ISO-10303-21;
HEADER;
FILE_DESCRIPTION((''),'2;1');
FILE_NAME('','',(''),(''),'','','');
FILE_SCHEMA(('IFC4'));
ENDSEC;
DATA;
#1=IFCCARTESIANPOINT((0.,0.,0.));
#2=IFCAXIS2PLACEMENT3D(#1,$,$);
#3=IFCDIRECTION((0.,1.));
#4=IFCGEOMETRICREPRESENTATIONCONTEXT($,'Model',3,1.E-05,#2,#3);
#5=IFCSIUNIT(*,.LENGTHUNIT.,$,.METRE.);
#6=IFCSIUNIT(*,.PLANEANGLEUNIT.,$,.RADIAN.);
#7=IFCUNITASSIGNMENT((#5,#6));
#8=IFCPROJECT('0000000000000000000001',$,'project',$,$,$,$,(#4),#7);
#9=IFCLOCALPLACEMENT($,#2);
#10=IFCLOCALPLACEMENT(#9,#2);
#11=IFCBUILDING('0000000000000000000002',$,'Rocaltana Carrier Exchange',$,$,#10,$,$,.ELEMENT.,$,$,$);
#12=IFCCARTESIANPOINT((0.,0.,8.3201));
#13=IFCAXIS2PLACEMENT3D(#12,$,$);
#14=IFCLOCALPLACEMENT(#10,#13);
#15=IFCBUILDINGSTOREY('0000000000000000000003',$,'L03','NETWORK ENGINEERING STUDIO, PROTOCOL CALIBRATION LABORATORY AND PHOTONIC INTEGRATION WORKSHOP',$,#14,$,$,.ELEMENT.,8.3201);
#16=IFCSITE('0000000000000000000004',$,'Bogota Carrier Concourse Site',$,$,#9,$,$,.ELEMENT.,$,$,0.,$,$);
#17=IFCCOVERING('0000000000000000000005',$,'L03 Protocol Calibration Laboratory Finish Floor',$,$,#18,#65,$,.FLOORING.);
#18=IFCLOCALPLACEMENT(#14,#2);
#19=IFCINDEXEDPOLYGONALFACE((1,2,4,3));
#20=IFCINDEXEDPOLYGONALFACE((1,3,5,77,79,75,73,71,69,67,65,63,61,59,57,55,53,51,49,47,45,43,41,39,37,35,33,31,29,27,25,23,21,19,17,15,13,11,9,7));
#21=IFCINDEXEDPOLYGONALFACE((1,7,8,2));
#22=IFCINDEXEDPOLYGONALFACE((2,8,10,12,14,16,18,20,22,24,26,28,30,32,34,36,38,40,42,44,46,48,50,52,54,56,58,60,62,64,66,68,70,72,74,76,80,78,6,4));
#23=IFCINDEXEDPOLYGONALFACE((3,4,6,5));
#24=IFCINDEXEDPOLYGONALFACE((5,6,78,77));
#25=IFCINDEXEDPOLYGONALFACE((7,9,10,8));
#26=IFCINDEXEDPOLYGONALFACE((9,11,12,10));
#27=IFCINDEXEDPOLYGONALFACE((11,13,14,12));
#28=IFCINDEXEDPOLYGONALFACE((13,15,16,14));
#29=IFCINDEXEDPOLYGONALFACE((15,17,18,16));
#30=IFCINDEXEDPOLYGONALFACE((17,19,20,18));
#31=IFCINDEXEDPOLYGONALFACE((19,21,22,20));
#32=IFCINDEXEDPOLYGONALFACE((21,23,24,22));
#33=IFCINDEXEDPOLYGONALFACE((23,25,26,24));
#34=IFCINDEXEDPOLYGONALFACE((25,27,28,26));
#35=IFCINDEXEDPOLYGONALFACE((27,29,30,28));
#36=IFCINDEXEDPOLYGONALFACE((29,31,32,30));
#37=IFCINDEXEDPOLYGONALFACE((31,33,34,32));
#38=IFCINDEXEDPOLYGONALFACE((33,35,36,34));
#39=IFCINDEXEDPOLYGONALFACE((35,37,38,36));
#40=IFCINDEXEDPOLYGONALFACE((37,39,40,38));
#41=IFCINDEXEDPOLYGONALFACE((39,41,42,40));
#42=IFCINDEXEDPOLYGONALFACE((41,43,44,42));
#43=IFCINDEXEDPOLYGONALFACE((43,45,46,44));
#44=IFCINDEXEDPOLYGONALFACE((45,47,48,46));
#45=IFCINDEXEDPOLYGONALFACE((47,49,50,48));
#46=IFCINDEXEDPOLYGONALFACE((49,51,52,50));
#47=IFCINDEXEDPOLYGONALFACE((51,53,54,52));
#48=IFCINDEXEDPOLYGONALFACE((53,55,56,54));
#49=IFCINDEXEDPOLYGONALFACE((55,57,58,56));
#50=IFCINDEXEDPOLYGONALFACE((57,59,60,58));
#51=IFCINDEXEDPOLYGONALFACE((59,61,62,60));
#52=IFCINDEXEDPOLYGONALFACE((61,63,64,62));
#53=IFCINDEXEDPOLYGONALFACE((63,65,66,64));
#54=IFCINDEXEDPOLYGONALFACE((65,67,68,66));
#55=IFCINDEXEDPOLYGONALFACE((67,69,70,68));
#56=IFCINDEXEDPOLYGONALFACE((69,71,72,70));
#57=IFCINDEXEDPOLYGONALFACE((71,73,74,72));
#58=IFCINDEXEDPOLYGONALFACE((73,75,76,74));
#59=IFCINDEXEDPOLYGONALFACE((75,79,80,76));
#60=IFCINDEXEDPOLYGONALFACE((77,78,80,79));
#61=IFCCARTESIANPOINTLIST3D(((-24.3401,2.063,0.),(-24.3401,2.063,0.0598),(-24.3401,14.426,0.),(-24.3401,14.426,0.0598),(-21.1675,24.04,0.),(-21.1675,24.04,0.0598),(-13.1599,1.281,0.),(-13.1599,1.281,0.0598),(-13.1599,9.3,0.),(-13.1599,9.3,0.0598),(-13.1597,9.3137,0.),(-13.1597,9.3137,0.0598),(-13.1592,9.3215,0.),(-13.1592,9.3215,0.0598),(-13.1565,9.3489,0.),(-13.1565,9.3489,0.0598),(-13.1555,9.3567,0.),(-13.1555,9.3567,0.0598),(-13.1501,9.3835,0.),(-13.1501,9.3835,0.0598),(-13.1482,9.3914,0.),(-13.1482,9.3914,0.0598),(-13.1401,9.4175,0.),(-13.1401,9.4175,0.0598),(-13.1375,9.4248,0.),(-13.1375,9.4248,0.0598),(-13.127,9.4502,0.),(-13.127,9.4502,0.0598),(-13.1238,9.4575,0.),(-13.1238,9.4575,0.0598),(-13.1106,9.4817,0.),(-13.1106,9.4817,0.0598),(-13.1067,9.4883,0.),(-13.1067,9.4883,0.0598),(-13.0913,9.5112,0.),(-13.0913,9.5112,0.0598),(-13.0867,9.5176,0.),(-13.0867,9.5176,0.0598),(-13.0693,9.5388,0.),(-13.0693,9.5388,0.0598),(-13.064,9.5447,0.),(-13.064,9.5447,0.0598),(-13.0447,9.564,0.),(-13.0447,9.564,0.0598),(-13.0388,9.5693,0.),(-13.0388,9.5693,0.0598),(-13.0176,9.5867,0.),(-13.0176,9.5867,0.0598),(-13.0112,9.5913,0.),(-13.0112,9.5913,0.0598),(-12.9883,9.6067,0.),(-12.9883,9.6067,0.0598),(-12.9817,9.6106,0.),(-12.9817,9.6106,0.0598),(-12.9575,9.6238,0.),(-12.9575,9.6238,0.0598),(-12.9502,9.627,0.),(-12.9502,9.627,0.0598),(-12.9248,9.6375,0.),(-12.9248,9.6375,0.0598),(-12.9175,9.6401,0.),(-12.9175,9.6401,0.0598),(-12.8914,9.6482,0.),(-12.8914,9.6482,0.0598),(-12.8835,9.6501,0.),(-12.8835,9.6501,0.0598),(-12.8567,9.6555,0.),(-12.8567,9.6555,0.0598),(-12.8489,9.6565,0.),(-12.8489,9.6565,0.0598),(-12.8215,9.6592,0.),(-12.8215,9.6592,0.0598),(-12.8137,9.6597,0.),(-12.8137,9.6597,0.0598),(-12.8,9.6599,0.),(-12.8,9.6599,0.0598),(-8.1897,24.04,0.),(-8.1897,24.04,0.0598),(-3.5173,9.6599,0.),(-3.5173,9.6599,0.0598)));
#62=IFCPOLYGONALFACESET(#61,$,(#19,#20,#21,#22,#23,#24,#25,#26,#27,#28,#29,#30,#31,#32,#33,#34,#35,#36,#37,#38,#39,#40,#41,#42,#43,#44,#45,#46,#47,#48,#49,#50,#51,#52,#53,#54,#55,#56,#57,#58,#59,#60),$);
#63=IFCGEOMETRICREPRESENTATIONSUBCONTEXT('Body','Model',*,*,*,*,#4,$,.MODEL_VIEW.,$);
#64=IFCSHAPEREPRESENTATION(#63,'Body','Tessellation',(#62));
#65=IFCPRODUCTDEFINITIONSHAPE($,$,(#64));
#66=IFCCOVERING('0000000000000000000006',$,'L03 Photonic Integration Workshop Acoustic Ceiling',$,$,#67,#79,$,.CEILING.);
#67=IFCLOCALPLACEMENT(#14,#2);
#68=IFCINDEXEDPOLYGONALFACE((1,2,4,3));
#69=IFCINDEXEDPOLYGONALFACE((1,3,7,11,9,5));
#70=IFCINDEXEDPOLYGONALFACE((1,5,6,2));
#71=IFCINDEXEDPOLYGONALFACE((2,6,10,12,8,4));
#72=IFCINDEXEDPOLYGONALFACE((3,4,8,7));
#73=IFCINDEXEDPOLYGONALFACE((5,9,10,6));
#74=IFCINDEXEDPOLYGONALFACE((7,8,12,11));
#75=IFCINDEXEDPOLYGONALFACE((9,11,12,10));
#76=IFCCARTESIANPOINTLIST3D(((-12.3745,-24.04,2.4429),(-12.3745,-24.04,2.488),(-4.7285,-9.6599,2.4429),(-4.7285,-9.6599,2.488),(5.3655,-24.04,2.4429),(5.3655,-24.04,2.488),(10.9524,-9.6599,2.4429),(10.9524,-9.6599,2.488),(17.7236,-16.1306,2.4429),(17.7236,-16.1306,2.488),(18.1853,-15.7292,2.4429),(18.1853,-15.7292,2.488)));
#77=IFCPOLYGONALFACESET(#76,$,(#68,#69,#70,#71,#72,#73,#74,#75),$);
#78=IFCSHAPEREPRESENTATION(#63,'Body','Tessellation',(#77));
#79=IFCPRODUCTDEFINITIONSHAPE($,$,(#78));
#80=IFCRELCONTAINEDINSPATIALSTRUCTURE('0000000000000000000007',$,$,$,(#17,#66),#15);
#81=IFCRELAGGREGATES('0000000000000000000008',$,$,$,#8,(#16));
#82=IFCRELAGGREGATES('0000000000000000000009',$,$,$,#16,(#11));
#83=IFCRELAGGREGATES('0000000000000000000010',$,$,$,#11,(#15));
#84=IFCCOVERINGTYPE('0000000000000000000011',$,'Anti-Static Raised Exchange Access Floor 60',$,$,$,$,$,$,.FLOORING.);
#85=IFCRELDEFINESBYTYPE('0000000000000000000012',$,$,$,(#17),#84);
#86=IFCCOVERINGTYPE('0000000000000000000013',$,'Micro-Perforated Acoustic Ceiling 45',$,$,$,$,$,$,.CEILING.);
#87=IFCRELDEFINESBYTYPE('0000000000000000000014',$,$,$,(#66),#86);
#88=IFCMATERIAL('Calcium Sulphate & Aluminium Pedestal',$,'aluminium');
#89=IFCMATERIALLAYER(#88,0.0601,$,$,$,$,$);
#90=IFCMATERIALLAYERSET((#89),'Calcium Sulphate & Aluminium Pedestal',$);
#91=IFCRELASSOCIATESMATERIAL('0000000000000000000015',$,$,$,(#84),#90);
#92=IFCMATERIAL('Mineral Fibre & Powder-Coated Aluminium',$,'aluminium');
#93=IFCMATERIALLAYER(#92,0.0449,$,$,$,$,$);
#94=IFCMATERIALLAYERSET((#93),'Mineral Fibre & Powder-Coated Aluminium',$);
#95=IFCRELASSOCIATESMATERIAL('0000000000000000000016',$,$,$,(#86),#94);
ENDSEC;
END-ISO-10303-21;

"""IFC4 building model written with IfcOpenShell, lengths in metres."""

from ifc_helpers import new_model, si_unit, direction, frame, origin, place, context, subcontext, project, spatial, polyline, outline, extrude, material, layer, layer_set, type_object, element, save


model = new_model("IFC4")

# Units and contexts
model_context = context("Model", 3, precision=1e-05, world=origin(), true_north=direction((0.0, 1.0)))
body_context = subcontext(model_context, "Body", "Model", "MODEL_VIEW")
ifc_project = project(units=[si_unit("LENGTHUNIT", "METRE"), si_unit("PLANEANGLEUNIT", "RADIAN")], contexts=[model_context])

# Site, building, storey
site_placement = place(None, origin())
site = spatial("IfcSite", under=ifc_project, at=site_placement, Name="Bogota Carrier Concourse Site", CompositionType="ELEMENT", RefElevation=0.0)
building_placement = place(site_placement, origin())
building = spatial("IfcBuilding", under=site, at=building_placement, Name="Rocaltana Carrier Exchange", CompositionType="ELEMENT")
storey_placement = place(building_placement, frame((0.0, 0.0, 8.3201)))
storey = spatial("IfcBuildingStorey", under=building, at=storey_placement, Name="L03", Description="NETWORK ENGINEERING STUDIO, PROTOCOL CALIBRATION LABORATORY AND PHOTONIC INTEGRATION WORKSHOP", CompositionType="ELEMENT", Elevation=8.3201)

# Coverings
ifc_material_1 = material(Name="Calcium Sulphate & Aluminium Pedestal", Category="aluminium")
ifc_layer_1 = layer(ifc_material_1, 0.0601)
ifc_layer_set_1 = layer_set([ifc_layer_1], Name="Calcium Sulphate & Aluminium Pedestal")
covering_type_1 = type_object("IfcCoveringType", Name="Anti-Static Raised Exchange Access Floor 60", PredefinedType="FLOORING", material=ifc_layer_set_1)
covering_1_placement = place(storey_placement, origin())
element("IfcCovering", 1, at=covering_1_placement, inside=storey, type_object=covering_type_1, Name="L03 Protocol Calibration Laboratory Finish Floor", PredefinedType="FLOORING", context=body_context, shape_type="SweptSolid", body=[
    extrude(outline(polyline([(-24.3401, 14.426), (-21.1675, 24.04), (-8.1897, 24.04), (-3.5173, 9.6599), (-12.8, 9.6599), (-12.8137, 9.6597), (-12.8215, 9.6592), (-12.8489, 9.6565), (-12.8567, 9.6555), (-12.8835, 9.6501), (-12.8914, 9.6482), (-12.9175, 9.6401), (-12.9248, 9.6375), (-12.9502, 9.627), (-12.9575, 9.6238), (-12.9817, 9.6106), (-12.9883, 9.6067), (-13.0112, 9.5913), (-13.0176, 9.5867), (-13.0388, 9.5693), (-13.0447, 9.564), (-13.064, 9.5447), (-13.0693, 9.5388), (-13.0867, 9.5176), (-13.0913, 9.5112), (-13.1067, 9.4883), (-13.1106, 9.4817), (-13.1238, 9.4575), (-13.127, 9.4502), (-13.1375, 9.4248), (-13.1401, 9.4175), (-13.1482, 9.3914), (-13.1501, 9.3835), (-13.1555, 9.3567), (-13.1565, 9.3489), (-13.1592, 9.3215), (-13.1597, 9.3137), (-13.1599, 9.3), (-13.1599, 1.281), (-24.3401, 2.063), (-24.3401, 14.426)])), origin(), (0.0, 0.0, 1.0), 0.0598),
])
ifc_material_2 = material(Name="Mineral Fibre & Powder-Coated Aluminium", Category="aluminium")
ifc_layer_2 = layer(ifc_material_2, 0.0449)
ifc_layer_set_2 = layer_set([ifc_layer_2], Name="Mineral Fibre & Powder-Coated Aluminium")
covering_type_2 = type_object("IfcCoveringType", Name="Micro-Perforated Acoustic Ceiling 45", PredefinedType="CEILING", material=ifc_layer_set_2)
covering_2_placement = place(storey_placement, frame((0.0, 0.0, 2.4429)))
element("IfcCovering", 2, at=covering_2_placement, inside=storey, type_object=covering_type_2, Name="L03 Photonic Integration Workshop Acoustic Ceiling", PredefinedType="CEILING", context=body_context, shape_type="SweptSolid", body=[
    extrude(outline(polyline([(17.7236, -16.1306), (5.3655, -24.04), (-12.3745, -24.04), (-4.7285, -9.6599), (10.9524, -9.6599), (18.1853, -15.7292), (17.7236, -16.1306)])), origin(), (0.0, 0.0, 1.0), 0.0452),
])

save(model, "model.ifc")
